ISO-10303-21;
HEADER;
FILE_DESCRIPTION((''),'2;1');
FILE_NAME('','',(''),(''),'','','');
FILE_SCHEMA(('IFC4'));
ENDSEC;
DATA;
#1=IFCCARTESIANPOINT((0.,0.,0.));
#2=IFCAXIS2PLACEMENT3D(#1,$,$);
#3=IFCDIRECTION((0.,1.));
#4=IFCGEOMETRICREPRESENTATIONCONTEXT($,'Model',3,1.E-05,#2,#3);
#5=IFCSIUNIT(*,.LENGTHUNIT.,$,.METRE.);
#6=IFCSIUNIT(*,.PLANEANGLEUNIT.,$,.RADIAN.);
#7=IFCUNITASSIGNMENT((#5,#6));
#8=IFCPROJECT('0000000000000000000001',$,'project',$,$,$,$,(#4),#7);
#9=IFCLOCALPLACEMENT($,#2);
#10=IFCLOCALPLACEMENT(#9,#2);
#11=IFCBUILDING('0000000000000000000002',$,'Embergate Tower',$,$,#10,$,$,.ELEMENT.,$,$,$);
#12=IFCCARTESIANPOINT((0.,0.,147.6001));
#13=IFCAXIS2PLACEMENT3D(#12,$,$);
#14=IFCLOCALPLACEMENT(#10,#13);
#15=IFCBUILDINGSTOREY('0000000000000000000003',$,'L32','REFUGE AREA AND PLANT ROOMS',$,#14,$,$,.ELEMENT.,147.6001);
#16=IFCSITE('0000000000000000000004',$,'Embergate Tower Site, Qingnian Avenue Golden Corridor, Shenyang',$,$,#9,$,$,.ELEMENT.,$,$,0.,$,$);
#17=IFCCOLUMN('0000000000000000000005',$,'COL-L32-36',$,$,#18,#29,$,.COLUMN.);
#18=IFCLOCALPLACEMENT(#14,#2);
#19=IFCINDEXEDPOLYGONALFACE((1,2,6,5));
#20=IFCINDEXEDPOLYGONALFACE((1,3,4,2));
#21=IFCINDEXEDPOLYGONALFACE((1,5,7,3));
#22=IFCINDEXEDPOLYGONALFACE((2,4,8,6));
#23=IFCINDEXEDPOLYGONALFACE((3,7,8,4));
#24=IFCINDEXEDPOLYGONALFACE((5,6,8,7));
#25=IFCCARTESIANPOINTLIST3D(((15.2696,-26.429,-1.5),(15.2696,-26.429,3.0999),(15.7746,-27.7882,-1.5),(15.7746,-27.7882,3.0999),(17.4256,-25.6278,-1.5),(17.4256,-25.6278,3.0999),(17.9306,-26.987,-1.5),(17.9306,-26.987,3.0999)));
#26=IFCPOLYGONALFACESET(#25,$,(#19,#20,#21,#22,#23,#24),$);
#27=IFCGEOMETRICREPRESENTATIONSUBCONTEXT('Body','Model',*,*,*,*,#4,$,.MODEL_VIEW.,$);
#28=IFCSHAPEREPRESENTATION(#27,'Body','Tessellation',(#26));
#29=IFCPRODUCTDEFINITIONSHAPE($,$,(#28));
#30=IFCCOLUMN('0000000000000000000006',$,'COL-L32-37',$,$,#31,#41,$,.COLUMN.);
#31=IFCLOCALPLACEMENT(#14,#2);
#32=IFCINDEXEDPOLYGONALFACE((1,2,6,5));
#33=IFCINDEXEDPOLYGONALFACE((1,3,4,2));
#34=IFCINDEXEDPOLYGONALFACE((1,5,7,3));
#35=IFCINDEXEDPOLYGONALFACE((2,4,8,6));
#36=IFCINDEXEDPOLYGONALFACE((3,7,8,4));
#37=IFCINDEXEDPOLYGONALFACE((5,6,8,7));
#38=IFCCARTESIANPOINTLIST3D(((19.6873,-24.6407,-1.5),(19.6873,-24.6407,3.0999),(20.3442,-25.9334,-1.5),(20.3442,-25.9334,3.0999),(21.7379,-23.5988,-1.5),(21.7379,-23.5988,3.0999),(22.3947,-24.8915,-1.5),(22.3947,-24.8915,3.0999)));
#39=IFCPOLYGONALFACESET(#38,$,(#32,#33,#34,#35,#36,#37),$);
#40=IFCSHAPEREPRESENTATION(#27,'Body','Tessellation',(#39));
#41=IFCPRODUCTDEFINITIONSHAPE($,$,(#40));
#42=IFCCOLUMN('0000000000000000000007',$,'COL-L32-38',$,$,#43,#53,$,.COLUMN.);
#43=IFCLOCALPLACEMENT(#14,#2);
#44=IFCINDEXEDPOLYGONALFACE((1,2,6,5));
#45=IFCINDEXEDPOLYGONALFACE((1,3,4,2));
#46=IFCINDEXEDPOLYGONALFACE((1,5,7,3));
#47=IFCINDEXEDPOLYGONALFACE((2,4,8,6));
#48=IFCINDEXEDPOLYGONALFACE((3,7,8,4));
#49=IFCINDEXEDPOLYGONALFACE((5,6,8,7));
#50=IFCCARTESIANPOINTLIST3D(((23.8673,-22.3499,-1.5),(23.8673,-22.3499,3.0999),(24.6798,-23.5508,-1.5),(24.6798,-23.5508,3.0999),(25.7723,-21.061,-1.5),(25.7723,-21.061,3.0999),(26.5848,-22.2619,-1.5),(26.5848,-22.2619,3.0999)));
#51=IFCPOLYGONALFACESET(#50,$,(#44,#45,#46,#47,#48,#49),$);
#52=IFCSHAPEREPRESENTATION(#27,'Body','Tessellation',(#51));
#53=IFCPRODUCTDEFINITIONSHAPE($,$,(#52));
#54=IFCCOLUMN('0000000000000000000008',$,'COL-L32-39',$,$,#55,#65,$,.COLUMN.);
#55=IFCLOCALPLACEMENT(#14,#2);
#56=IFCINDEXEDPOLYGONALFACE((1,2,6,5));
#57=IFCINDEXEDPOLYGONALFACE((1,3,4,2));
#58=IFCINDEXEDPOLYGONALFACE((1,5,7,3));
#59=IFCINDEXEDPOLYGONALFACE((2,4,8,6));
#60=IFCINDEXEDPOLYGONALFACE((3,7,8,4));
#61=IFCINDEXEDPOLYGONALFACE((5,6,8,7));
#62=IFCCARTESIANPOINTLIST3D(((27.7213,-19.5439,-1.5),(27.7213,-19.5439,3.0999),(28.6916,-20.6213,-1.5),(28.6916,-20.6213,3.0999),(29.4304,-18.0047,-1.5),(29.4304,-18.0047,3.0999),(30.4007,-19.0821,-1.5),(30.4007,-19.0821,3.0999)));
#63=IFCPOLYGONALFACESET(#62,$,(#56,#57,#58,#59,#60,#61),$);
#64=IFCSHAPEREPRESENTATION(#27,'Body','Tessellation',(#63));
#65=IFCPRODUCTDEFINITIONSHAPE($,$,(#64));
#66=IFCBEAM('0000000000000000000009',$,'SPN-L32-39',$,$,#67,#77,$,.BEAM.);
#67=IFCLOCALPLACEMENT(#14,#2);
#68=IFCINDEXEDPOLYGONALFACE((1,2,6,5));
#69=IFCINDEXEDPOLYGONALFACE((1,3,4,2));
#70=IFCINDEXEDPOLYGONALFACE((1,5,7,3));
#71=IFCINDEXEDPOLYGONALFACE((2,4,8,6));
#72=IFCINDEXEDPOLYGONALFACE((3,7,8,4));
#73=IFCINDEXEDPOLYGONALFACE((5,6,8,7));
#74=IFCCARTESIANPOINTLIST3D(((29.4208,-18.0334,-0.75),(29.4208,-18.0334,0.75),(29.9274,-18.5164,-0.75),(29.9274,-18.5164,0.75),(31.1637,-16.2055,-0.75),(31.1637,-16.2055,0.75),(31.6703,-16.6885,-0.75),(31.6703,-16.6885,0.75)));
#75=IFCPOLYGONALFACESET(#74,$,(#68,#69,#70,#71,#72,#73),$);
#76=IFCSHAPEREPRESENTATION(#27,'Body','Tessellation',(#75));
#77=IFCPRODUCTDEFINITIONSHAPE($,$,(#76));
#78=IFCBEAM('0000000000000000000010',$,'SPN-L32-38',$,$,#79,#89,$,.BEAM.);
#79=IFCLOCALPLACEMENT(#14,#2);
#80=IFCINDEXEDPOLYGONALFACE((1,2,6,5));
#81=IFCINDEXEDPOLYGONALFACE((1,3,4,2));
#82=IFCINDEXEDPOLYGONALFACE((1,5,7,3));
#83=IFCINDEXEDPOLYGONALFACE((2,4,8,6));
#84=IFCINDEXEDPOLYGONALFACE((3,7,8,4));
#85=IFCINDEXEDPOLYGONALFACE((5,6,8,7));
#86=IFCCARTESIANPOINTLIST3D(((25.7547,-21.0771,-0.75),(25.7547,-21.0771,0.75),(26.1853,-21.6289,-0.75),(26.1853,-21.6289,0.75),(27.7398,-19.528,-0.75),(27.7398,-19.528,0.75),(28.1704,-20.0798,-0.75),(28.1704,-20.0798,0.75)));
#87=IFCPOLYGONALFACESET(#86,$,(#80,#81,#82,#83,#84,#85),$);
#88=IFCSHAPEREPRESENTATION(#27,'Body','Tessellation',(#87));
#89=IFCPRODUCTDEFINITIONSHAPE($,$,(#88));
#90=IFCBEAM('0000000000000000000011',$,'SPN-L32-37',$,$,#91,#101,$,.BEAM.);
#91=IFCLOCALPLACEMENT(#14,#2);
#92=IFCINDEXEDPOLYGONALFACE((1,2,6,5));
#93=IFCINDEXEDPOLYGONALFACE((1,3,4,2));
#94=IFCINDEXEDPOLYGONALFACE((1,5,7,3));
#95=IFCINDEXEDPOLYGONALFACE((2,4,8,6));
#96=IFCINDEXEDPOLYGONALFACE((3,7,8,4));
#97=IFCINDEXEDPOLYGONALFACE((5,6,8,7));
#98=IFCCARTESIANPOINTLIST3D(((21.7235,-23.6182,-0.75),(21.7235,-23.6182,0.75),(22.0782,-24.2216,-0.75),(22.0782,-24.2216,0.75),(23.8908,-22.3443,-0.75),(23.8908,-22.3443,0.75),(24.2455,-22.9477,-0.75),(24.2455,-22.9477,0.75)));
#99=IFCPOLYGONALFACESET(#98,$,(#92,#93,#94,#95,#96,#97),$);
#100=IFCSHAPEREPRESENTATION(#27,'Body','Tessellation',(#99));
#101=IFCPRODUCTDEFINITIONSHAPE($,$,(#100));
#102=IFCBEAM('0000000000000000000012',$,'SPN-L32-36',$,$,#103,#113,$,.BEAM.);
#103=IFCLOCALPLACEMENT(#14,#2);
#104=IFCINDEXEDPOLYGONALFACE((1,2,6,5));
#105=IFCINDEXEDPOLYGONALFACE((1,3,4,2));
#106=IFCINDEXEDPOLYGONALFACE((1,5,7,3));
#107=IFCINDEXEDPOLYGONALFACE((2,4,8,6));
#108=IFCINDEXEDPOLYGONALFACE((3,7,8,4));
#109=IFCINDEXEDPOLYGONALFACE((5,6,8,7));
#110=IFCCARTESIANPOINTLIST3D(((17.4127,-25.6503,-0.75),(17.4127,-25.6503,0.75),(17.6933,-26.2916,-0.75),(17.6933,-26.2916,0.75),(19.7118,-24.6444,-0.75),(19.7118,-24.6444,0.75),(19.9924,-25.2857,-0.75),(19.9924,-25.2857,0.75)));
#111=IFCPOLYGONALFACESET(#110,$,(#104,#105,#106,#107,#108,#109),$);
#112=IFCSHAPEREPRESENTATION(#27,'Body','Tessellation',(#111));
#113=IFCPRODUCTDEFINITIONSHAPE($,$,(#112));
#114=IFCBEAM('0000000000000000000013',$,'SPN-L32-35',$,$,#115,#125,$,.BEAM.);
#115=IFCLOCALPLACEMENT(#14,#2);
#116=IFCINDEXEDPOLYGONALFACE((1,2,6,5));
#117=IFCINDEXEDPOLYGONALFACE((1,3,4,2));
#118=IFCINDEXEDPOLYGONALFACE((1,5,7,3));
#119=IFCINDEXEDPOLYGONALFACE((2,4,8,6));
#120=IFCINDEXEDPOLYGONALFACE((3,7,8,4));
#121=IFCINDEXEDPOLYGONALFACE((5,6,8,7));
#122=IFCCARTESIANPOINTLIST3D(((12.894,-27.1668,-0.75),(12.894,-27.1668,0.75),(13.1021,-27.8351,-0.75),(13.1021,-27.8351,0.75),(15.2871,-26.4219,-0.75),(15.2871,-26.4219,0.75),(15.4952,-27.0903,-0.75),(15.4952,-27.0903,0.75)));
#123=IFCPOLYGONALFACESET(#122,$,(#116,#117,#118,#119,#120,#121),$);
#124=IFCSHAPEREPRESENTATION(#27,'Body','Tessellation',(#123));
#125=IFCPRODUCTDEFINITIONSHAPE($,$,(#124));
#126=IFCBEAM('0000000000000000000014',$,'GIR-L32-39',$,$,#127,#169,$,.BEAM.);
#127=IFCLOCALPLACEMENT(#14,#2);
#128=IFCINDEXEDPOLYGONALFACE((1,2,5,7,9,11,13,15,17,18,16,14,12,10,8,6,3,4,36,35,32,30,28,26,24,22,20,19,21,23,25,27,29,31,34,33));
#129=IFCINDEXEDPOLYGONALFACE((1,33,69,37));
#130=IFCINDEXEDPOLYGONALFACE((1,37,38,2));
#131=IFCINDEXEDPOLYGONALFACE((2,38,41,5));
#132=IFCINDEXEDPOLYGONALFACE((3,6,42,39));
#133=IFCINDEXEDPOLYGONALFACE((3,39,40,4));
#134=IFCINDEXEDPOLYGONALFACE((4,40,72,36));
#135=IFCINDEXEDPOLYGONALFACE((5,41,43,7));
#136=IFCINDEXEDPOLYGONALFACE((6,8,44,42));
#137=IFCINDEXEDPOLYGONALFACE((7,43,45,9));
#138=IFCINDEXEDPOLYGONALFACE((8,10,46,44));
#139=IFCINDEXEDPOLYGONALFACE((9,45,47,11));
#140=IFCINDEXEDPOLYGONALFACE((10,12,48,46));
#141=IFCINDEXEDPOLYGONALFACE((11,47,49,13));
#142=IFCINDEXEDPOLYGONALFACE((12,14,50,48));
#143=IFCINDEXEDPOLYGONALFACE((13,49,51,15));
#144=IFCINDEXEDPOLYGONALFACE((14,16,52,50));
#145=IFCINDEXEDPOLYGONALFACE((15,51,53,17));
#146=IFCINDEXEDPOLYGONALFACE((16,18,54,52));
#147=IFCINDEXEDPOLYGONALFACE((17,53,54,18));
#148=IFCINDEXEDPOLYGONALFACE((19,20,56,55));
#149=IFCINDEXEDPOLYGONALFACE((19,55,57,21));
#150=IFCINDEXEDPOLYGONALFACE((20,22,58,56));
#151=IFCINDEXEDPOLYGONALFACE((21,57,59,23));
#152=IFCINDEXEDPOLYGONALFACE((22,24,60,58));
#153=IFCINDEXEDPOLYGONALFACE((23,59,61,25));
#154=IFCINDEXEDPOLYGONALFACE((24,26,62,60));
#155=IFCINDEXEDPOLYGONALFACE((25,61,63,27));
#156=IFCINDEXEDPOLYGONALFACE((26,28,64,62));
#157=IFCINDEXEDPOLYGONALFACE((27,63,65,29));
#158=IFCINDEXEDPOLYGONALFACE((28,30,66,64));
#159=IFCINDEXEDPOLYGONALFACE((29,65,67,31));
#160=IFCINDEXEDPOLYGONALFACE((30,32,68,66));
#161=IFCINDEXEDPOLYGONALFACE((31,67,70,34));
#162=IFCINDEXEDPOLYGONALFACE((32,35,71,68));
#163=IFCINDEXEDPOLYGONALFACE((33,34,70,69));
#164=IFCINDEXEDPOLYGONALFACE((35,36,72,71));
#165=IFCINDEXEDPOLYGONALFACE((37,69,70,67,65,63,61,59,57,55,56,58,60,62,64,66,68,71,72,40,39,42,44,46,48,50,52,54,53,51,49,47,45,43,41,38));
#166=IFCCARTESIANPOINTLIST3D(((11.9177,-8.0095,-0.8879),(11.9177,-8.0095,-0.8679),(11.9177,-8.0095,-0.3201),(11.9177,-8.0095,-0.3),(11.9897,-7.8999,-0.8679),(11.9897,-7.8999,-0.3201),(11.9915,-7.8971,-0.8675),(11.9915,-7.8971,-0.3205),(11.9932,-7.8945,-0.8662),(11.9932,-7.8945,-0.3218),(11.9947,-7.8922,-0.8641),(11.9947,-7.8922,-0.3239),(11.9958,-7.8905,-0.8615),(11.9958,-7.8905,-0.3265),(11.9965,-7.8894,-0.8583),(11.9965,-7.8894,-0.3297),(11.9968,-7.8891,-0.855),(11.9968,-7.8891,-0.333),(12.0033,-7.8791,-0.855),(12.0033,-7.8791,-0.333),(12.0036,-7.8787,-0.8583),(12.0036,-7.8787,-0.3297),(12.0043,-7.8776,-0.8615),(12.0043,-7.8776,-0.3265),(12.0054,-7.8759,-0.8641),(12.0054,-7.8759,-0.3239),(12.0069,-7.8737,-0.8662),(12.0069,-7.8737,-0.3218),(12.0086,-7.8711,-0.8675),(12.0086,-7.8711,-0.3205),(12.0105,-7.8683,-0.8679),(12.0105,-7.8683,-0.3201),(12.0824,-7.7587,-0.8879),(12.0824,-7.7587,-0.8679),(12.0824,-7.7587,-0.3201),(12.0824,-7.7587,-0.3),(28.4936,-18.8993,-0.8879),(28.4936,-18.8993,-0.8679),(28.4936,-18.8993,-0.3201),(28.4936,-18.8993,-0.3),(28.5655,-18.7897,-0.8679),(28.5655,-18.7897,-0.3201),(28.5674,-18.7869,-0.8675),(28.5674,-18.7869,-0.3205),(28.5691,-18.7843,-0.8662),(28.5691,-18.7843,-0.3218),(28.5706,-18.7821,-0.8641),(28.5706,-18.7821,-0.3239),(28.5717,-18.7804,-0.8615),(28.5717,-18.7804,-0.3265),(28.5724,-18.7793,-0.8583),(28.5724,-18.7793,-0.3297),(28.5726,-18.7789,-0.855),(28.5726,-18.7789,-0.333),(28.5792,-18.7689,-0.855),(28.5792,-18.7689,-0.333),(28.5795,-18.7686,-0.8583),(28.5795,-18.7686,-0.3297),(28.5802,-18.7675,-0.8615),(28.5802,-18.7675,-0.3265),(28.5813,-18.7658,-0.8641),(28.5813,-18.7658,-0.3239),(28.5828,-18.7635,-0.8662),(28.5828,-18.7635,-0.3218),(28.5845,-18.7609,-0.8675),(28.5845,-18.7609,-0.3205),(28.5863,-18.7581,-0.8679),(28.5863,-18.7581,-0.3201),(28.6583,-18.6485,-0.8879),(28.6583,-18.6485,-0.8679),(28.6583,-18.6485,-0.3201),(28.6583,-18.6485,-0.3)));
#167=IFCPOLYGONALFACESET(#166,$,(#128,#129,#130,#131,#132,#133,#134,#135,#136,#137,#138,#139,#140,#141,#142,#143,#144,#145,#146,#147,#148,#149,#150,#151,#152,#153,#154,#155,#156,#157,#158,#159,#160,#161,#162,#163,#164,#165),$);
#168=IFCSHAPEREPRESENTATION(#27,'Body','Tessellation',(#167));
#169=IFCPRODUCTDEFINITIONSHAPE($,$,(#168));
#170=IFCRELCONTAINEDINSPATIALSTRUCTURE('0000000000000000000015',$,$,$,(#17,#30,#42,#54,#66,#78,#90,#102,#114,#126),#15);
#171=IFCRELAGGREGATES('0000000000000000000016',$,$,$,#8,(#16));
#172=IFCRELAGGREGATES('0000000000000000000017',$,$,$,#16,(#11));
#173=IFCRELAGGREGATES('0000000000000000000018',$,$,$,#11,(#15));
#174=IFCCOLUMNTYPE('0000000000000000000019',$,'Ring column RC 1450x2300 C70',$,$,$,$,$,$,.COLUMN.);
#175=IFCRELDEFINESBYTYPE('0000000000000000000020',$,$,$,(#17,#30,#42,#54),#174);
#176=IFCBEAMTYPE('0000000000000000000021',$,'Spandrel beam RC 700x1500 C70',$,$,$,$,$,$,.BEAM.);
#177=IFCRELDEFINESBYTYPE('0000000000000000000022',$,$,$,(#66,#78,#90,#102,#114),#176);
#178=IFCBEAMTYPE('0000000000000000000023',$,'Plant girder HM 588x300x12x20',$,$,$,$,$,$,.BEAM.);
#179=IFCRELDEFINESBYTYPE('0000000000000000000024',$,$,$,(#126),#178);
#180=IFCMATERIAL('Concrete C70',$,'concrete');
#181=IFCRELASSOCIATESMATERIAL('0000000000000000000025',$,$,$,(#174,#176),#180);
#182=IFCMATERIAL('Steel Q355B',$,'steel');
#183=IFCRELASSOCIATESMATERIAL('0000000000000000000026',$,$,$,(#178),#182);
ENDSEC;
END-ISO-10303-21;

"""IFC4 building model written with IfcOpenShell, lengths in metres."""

from ifc_helpers import new_model, si_unit, direction, frame, origin, origin_2d, place, context, subcontext, project, spatial, rectangle, i_section, extrude, source, transform, mapped, material, material_profile, profile_set, type_object, element, save


model = new_model("IFC4")

# Units and contexts
model_context = context("Model", 3, precision=1e-05, world=origin(), true_north=direction((0.0, 1.0)))
body_context = subcontext(model_context, "Body", "Model", "MODEL_VIEW")
ifc_project = project(units=[si_unit("LENGTHUNIT", "METRE"), si_unit("PLANEANGLEUNIT", "RADIAN")], contexts=[model_context])

# Site, building, storey
site_placement = place(None, origin())
site = spatial("IfcSite", under=ifc_project, at=site_placement, Name="Embergate Tower Site, Qingnian Avenue Golden Corridor, Shenyang", CompositionType="ELEMENT", RefElevation=0.0)
building_placement = place(site_placement, origin())
building = spatial("IfcBuilding", under=site, at=building_placement, Name="Embergate Tower", CompositionType="ELEMENT")
storey_placement = place(building_placement, frame((0.0, 0.0, 147.6001)))
storey = spatial("IfcBuildingStorey", under=building, at=storey_placement, Name="L32", Description="REFUGE AREA AND PLANT ROOMS", CompositionType="ELEMENT", Elevation=147.6001)

# Columns
ifc_material_1 = material(Name="Concrete C70", Category="concrete")
ifc_material_profile_1 = material_profile(ifc_material_1, rectangle(XDim=1.45, YDim=2.3, at=origin_2d()), Name="RC 1450x2300")
ifc_profile_set_1 = profile_set([ifc_material_profile_1], Name="Concrete C70")
column_type = type_object("IfcColumnType", Name="Ring column RC 1450x2300 C70", PredefinedType="COLUMN", material=ifc_profile_set_1)
shared_shape_1 = source(origin(), body_context, "Body", "SweptSolid", [
    extrude(rectangle(XDim=1.45, YDim=2.3, at=origin_2d()), origin(), (0.0, 0.0, 1.0), 4.5999),
])
for number, where, z_axis, x_axis, name in (
    (1, (16.6001, -26.708, -1.5), (0.0, 0.0, 1.0), (0.348343, -0.937367, 0.0), "COL-L32-36"),
    (2, (21.041, -24.7661, -1.5), (0.0, 0.0, 1.0), (0.452995, -0.891513, 0.0), "COL-L32-37"),
    (3, (25.2261, -22.3059, -1.5), (0.0, 0.0, 1.0), (0.560379, -0.828236, 0.0), "COL-L32-38"),
    (4, (29.061, -19.313, -1.5), (0.0, 0.0, 1.0), (0.669208, -0.743075, 0.0), "COL-L32-39"),
):
    element("IfcColumn", number, at=place(storey_placement, frame(where, z_axis=z_axis, x_axis=x_axis)), inside=storey, type_object=column_type, Name=name, PredefinedType="COLUMN", context=body_context, shape_type="MappedRepresentation", body=[
        mapped(shared_shape_1, transform((0.0, 0.0, 0.0))),
    ])

# Beams
ifc_material_profile_2 = material_profile(ifc_material_1, rectangle(XDim=0.7, YDim=1.5, at=origin_2d()), Name="RC 700x1500")
ifc_profile_set_2 = profile_set([ifc_material_profile_2], Name="Concrete C70")
beam_type_1 = type_object("IfcBeamType", Name="Spandrel beam RC 700x1500 C70", PredefinedType="BEAM", material=ifc_profile_set_2)
shared_shape_2 = source(origin(), body_context, "Body", "SweptSolid", [
    extrude(rectangle(XDim=0.7, YDim=1.5, at=origin_2d()), origin(), (0.0, 0.0, 1.0), 2.5256),
])
beam_1_placement = place(storey_placement, frame((29.6741, -18.2749, 0.0), z_axis=(0.690087, 0.723726, 0.0), x_axis=(-0.723726, 0.690087, 0.0)))
element("IfcBeam", 5, at=beam_1_placement, inside=storey, type_object=beam_type_1, Name="SPN-L32-39", PredefinedType="BEAM", context=body_context, shape_type="MappedRepresentation", body=[
    mapped(shared_shape_2, transform((0.0, 0.0, 0.0))),
])
shared_shape_3 = source(origin(), body_context, "Body", "SweptSolid", [
    extrude(rectangle(XDim=0.7, YDim=1.5, at=origin_2d()), origin(), (0.0, 0.0, 1.0), 2.5181),
])
beam_2_placement = place(storey_placement, frame((25.97, -21.353, 0.0), z_axis=(0.78837, 0.615202, 0.0), x_axis=(-0.615202, 0.78837, 0.0)))
element("IfcBeam", 6, at=beam_2_placement, inside=storey, type_object=beam_type_1, Name="SPN-L32-38", PredefinedType="BEAM", context=body_context, shape_type="MappedRepresentation", body=[
    mapped(shared_shape_3, transform((0.0, 0.0, 0.0))),
])
shared_shape_4 = source(origin(), body_context, "Body", "SweptSolid", [
    extrude(rectangle(XDim=0.7, YDim=1.5, at=origin_2d()), origin(), (0.0, 0.0, 1.0), 2.5139),
])
beam_3_placement = place(storey_placement, frame((21.9009, -23.9199, 0.0), z_axis=(0.862094, 0.506748, 0.0), x_axis=(-0.506748, 0.862094, 0.0)))
element("IfcBeam", 7, at=beam_3_placement, inside=storey, type_object=beam_type_1, Name="SPN-L32-37", PredefinedType="BEAM", context=body_context, shape_type="MappedRepresentation", body=[
    mapped(shared_shape_4, transform((0.0, 0.0, 0.0))),
])
shared_shape_5 = source(origin(), body_context, "Body", "SweptSolid", [
    extrude(rectangle(XDim=0.7, YDim=1.5, at=origin_2d()), origin(), (0.0, 0.0, 1.0), 2.5095),
])
beam_4_placement = place(storey_placement, frame((17.553, -25.9709, 0.0), z_axis=(0.916155, 0.400824, 0.0), x_axis=(-0.400824, 0.916155, 0.0)))
element("IfcBeam", 8, at=beam_4_placement, inside=storey, type_object=beam_type_1, Name="SPN-L32-36", PredefinedType="BEAM", context=body_context, shape_type="MappedRepresentation", body=[
    mapped(shared_shape_5, transform((0.0, 0.0, 0.0))),
])
shared_shape_6 = source(origin(), body_context, "Body", "SweptSolid", [
    extrude(rectangle(XDim=0.7, YDim=1.5, at=origin_2d()), origin(), (0.0, 0.0, 1.0), 2.5063),
])
beam_5_placement = place(storey_placement, frame((12.998, -27.501, 0.0), z_axis=(0.954816, 0.297199, 0.0), x_axis=(-0.297199, 0.954816, 0.0)))
element("IfcBeam", 9, at=beam_5_placement, inside=storey, type_object=beam_type_1, Name="SPN-L32-35", PredefinedType="BEAM", context=body_context, shape_type="MappedRepresentation", body=[
    mapped(shared_shape_6, transform((0.0, 0.0, 0.0))),
])
ifc_material_2 = material(Name="Steel Q355B", Category="steel")
ifc_material_profile_3 = material_profile(ifc_material_2, i_section(OverallWidth=0.3, OverallDepth=0.5879, WebThickness=0.012, FlangeThickness=0.02, FilletRadius=0.0129, at=origin_2d()), Name="HM 588x300x12x20")
ifc_profile_set_3 = profile_set([ifc_material_profile_3], Name="Steel Q355 grade B")
beam_type_2 = type_object("IfcBeamType", Name="Plant girder HM 588x300x12x20", PredefinedType="BEAM", material=ifc_profile_set_3)
shared_shape_7 = source(origin(), body_context, "Body", "SweptSolid", [
    extrude(i_section(OverallWidth=0.3, OverallDepth=0.5879, WebThickness=0.012, FlangeThickness=0.02, FilletRadius=0.0129, at=origin_2d()), origin(), (0.0, 0.0, 1.0), 19.833),
])
beam_6_placement = place(storey_placement, frame((28.5759, -18.7739, -0.594), z_axis=(-0.835772, 0.549077, 0.0), x_axis=(-0.549077, -0.835772, 0.0)))
element("IfcBeam", 10, at=beam_6_placement, inside=storey, type_object=beam_type_2, Name="GIR-L32-39", PredefinedType="BEAM", context=body_context, shape_type="MappedRepresentation", body=[
    mapped(shared_shape_7, transform((0.0, 0.0, 0.0))),
])

save(model, "model.ifc")
